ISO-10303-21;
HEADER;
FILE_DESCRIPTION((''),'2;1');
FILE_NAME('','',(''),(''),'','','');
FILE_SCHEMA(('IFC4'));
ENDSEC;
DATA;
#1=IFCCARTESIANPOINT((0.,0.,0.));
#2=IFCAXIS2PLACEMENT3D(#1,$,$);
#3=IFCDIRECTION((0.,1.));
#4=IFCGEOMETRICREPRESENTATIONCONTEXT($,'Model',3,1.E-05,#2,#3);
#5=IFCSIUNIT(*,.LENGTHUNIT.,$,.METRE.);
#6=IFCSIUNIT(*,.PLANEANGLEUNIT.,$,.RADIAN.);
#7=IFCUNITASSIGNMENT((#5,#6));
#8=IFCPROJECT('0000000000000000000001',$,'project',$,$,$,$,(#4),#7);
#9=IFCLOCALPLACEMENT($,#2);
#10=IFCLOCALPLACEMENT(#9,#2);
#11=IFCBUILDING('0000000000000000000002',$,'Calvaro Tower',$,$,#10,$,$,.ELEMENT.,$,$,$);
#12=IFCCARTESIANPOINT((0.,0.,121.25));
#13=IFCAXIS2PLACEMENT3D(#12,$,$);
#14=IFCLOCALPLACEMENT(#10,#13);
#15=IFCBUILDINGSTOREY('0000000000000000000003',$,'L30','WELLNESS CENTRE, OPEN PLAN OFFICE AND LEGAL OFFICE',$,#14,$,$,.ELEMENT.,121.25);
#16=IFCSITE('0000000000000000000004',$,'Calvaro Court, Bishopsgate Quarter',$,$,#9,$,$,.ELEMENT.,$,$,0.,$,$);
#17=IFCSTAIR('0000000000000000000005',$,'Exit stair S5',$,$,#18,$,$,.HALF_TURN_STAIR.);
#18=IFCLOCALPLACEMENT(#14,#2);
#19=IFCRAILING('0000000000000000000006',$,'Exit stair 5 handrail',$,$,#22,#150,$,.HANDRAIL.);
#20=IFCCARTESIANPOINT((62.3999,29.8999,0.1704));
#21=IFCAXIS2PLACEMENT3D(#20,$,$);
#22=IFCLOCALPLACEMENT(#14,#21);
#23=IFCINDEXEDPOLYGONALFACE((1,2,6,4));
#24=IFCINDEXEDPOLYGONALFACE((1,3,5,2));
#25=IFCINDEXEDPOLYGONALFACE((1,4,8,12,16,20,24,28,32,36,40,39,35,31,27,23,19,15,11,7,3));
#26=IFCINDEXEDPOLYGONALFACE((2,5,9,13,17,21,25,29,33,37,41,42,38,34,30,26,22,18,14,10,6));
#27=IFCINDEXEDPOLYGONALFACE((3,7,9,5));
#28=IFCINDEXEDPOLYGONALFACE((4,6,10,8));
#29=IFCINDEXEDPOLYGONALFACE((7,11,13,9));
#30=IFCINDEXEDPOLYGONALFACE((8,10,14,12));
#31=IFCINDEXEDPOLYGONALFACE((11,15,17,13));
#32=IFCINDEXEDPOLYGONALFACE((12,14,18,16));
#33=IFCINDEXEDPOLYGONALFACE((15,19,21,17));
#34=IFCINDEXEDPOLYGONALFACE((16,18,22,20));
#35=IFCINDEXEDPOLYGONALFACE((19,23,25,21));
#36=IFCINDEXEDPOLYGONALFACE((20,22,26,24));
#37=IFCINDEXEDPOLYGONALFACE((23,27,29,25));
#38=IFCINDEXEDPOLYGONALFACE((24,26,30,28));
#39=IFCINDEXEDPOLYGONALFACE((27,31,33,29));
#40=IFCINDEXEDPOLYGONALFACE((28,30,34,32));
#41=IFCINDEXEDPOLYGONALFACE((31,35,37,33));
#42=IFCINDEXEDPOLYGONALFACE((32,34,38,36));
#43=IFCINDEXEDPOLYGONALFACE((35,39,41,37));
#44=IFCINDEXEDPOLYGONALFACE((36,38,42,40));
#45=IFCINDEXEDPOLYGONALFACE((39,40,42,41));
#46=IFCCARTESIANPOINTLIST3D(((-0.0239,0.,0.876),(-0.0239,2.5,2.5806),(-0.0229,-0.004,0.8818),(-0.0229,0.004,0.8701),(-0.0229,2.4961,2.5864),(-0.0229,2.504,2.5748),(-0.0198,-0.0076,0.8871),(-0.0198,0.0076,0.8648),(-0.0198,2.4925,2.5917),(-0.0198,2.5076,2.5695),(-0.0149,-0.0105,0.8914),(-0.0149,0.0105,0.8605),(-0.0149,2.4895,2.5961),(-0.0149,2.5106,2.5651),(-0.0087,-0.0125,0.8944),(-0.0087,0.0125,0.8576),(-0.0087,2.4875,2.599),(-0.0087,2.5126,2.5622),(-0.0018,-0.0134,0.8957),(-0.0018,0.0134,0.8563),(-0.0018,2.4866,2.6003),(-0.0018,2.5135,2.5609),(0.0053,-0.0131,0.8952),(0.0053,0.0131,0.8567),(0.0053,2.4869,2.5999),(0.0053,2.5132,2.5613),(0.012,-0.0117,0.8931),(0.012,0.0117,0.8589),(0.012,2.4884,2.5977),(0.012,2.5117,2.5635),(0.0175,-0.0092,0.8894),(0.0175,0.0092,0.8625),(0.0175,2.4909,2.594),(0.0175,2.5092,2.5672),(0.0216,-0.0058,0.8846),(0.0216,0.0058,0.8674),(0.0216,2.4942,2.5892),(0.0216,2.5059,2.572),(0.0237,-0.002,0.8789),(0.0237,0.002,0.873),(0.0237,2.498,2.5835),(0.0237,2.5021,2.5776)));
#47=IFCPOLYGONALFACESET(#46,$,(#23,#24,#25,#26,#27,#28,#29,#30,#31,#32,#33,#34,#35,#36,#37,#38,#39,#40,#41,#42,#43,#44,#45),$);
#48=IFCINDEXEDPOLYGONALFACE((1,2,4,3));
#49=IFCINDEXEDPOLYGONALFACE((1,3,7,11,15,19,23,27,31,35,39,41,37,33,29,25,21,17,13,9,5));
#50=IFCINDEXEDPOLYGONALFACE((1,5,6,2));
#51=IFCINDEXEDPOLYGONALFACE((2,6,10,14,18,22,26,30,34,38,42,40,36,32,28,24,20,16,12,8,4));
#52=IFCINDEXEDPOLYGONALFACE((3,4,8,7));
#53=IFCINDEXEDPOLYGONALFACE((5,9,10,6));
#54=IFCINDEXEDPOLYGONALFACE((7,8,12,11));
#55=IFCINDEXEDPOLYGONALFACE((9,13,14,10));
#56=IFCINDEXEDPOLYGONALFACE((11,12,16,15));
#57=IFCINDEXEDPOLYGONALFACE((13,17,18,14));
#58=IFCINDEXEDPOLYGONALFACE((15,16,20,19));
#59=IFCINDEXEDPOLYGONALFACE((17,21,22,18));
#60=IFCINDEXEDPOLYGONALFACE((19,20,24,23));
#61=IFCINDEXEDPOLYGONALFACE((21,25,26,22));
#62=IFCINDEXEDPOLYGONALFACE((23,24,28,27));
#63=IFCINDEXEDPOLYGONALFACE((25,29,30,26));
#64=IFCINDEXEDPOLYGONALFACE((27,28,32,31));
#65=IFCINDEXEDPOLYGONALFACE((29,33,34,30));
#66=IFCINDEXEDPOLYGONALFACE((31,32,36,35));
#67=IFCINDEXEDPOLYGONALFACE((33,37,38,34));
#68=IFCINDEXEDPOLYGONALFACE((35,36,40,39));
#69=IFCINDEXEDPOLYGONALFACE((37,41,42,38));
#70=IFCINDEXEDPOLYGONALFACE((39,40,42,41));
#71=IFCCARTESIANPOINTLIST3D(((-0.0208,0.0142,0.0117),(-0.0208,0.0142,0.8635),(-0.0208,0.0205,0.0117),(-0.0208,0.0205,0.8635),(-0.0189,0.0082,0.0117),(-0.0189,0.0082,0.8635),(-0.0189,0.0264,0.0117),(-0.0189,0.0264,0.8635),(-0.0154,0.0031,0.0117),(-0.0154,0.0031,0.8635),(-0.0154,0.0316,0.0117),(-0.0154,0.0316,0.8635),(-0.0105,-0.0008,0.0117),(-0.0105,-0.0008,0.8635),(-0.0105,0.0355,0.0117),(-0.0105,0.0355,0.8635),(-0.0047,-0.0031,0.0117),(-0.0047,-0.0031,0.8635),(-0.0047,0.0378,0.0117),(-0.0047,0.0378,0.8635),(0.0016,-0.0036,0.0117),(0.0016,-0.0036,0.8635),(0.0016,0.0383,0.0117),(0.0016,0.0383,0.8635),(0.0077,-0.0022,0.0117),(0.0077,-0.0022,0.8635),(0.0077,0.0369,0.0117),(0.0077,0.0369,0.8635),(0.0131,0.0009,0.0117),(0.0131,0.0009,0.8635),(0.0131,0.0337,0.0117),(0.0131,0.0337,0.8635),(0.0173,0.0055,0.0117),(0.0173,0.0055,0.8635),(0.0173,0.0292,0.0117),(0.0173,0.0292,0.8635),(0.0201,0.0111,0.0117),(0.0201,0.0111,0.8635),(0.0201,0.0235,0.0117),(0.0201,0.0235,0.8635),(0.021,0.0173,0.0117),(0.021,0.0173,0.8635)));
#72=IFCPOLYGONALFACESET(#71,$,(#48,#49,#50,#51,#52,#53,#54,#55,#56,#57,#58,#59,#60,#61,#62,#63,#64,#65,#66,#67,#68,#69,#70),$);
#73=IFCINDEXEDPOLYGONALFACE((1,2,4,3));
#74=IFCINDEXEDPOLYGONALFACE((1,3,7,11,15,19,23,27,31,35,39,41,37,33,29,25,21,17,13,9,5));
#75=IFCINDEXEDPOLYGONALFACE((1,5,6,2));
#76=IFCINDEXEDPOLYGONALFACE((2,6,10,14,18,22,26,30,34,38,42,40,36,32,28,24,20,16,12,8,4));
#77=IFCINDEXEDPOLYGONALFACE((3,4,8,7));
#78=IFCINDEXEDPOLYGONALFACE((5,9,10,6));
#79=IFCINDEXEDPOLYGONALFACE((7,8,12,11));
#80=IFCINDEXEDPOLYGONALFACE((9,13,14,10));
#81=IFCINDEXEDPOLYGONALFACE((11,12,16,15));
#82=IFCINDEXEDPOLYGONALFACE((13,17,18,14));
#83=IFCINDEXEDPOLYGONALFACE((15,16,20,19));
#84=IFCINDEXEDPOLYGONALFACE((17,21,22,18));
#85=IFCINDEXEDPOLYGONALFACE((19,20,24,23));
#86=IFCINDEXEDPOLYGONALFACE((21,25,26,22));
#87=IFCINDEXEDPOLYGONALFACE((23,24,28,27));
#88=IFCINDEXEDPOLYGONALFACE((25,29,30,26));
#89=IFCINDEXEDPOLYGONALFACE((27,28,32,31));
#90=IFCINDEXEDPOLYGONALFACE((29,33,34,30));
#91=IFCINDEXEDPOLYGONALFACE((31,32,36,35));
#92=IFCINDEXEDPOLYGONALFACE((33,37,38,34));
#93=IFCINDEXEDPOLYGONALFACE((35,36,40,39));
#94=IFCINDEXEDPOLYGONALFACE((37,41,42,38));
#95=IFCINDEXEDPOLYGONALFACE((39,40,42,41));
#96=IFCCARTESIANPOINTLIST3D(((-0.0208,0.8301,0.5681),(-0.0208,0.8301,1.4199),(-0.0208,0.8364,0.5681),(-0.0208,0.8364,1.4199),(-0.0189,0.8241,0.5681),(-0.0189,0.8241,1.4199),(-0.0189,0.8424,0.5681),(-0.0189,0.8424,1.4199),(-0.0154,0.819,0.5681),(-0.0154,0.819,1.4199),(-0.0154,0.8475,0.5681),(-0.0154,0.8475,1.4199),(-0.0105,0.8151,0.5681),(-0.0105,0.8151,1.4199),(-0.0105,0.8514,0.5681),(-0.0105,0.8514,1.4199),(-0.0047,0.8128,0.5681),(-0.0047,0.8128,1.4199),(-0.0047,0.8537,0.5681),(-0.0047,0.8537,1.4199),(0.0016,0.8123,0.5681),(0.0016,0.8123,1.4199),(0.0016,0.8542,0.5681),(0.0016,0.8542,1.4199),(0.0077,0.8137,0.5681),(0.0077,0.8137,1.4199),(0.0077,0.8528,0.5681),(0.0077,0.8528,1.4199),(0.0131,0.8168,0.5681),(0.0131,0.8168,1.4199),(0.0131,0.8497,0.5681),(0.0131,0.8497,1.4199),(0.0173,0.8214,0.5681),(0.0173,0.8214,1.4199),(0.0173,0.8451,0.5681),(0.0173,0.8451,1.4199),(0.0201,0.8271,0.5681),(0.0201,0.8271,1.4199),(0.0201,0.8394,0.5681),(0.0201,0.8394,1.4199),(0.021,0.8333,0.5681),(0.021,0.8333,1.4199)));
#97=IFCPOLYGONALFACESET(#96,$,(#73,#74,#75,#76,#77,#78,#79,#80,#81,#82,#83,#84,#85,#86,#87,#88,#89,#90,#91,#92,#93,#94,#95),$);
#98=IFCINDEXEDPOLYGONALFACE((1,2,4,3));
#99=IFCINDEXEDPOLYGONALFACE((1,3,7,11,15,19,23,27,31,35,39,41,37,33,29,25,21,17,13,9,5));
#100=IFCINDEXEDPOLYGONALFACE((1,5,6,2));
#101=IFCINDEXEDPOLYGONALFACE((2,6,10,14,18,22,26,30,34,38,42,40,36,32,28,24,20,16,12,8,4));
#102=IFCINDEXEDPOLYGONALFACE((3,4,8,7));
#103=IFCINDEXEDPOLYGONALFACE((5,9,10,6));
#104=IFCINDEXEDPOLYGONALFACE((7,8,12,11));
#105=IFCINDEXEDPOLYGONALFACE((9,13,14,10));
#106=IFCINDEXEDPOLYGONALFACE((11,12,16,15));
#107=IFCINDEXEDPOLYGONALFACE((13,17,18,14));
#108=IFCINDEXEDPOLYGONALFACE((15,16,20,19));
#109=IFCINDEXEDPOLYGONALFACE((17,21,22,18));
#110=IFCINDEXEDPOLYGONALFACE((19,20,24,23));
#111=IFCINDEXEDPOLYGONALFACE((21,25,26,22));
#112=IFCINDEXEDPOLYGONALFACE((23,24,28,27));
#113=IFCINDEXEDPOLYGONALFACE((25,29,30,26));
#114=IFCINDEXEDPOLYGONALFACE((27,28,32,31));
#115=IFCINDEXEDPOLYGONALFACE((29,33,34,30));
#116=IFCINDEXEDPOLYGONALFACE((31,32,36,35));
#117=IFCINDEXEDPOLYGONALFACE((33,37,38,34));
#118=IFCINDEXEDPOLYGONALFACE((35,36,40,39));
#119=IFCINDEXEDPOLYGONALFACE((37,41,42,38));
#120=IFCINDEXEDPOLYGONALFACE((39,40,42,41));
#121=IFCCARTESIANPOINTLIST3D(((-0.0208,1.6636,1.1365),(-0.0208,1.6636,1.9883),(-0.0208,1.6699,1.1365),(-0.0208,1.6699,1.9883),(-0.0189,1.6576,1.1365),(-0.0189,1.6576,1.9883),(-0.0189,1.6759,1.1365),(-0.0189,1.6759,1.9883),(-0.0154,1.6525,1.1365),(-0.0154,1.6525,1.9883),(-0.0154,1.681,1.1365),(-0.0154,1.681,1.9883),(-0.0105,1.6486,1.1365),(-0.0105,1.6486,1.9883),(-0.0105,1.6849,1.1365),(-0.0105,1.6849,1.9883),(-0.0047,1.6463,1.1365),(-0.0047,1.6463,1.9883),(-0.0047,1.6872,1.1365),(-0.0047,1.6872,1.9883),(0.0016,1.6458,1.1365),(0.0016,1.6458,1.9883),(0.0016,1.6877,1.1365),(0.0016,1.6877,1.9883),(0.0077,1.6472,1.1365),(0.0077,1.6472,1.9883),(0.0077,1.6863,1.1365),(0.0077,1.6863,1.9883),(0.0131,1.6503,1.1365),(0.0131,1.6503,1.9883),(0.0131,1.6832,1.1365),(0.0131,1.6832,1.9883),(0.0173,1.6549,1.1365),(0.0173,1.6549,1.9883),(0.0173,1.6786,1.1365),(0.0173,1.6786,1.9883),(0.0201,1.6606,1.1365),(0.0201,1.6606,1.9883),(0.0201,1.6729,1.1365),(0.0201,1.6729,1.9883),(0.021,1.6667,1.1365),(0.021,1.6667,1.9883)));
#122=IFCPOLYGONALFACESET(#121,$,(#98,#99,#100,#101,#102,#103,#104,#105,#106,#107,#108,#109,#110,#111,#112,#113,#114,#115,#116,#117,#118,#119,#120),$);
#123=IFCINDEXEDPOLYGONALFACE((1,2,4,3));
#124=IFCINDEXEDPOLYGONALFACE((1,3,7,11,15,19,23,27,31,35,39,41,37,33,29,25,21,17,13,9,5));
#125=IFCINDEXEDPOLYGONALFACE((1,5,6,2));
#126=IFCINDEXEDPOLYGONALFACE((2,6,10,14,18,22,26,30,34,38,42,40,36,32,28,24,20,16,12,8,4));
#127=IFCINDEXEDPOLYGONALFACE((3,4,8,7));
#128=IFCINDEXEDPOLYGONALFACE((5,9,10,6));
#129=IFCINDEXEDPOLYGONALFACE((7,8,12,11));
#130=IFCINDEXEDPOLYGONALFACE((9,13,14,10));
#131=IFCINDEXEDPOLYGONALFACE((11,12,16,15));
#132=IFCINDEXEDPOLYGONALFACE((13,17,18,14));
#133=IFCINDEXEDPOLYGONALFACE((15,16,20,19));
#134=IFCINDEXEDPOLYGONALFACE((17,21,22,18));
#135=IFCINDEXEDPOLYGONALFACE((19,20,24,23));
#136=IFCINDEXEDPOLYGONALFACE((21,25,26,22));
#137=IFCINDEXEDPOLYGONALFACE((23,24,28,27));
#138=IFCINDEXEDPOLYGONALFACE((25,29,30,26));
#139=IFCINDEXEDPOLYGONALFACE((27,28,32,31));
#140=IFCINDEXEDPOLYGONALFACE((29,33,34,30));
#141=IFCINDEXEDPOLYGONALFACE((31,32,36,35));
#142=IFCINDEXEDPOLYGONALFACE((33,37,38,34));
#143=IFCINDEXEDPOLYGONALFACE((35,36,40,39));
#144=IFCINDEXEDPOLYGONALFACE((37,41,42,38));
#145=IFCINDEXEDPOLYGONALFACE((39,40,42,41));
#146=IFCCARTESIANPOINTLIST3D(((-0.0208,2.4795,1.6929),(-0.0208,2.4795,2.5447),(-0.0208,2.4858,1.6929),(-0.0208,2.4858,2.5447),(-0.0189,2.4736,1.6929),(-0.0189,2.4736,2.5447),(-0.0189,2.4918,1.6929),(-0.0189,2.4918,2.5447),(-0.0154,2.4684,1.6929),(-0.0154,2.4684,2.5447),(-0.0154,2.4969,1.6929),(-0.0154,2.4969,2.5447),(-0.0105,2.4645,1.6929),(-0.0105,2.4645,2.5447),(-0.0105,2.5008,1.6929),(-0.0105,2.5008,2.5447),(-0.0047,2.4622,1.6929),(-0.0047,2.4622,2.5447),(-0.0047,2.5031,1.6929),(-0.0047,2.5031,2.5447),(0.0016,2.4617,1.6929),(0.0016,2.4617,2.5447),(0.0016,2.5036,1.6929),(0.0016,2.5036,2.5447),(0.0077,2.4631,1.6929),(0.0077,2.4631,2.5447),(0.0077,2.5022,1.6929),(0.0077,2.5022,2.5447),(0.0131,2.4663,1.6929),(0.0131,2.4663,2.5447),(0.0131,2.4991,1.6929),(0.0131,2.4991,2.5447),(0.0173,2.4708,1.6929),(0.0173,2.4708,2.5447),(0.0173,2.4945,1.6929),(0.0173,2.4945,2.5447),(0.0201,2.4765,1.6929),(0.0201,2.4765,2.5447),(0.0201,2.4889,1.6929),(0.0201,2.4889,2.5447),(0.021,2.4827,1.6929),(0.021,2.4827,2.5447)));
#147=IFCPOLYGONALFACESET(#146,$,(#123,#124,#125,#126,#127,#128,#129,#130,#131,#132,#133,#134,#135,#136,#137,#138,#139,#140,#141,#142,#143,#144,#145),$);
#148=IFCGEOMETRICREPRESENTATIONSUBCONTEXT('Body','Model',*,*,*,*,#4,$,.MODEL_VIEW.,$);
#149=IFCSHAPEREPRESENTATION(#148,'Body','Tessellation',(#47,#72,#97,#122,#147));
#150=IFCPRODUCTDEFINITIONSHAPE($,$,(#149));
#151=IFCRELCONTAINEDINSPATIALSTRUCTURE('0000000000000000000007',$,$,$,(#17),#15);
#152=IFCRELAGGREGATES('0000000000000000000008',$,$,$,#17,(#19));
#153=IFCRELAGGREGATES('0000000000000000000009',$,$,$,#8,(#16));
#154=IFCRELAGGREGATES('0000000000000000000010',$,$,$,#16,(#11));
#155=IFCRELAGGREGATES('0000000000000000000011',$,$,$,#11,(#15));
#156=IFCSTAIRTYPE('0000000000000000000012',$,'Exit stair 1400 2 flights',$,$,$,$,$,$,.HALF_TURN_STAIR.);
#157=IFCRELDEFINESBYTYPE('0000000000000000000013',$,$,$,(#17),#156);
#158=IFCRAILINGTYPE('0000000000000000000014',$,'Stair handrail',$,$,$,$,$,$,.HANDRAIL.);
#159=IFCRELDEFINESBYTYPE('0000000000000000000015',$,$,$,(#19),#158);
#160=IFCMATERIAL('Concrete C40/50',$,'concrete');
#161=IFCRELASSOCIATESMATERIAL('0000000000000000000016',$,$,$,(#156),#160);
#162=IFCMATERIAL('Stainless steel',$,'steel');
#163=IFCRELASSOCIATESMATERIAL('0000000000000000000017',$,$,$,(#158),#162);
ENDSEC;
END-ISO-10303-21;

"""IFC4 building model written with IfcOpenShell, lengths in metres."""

from ifc_helpers import new_model, si_unit, direction, frame, origin, origin_2d, place, context, subcontext, project, spatial, circle, extrude, material, type_object, element, aggregate, save


model = new_model("IFC4")

# Units and contexts
model_context = context("Model", 3, precision=1e-05, world=origin(), true_north=direction((0.0, 1.0)))
body_context = subcontext(model_context, "Body", "Model", "MODEL_VIEW")
ifc_project = project(units=[si_unit("LENGTHUNIT", "METRE"), si_unit("PLANEANGLEUNIT", "RADIAN")], contexts=[model_context])

# Site, building, storey
site_placement = place(None, origin())
site = spatial("IfcSite", under=ifc_project, at=site_placement, Name="Calvaro Court, Bishopsgate Quarter", CompositionType="ELEMENT", RefElevation=0.0)
building_placement = place(site_placement, origin())
building = spatial("IfcBuilding", under=site, at=building_placement, Name="Calvaro Tower", CompositionType="ELEMENT")
storey_placement = place(building_placement, frame((0.0, 0.0, 121.25)))
storey = spatial("IfcBuildingStorey", under=building, at=storey_placement, Name="L30", Description="WELLNESS CENTRE, OPEN PLAN OFFICE AND LEGAL OFFICE", CompositionType="ELEMENT", Elevation=121.25)

# Stair
ifc_material_1 = material(Name="Concrete C40/50", Category="concrete")
stair_type = type_object("IfcStairType", Name="Exit stair 1400 2 flights", PredefinedType="HALF_TURN_STAIR", material=ifc_material_1)
stair_1_placement = place(storey_placement, origin())
stair_1 = element("IfcStair", 1, at=stair_1_placement, inside=storey, type_object=stair_type, Name="Exit stair S5", PredefinedType="HALF_TURN_STAIR")

# Shared definitions
ifc_material_2 = material(Name="Stainless steel", Category="steel")
railing_type = type_object("IfcRailingType", Name="Stair handrail", PredefinedType="HANDRAIL", material=ifc_material_2)

# Railing
railing_1_placement = place(storey_placement, frame((62.3999, 29.8999, 0.1704)))
railing_1 = element("IfcRailing", 2, at=railing_1_placement, type_object=railing_type, Name="Exit stair 5 handrail", PredefinedType="HANDRAIL", context=body_context, shape_type="SweptSolid", body=[
    extrude(circle(Radius=0.0239, at=origin_2d()), frame((0.0, 0.0, 0.876), z_axis=(0.0, 0.826221, 0.563347), x_axis=(-1.0, 0.0, 0.0)), (0.0, 0.0, 1.0), 3.0259),
    extrude(circle(Radius=0.021, at=origin_2d()), frame((0.0, 0.0173, 0.0117)), (0.0, 0.0, 1.0), 0.8518),
    extrude(circle(Radius=0.021, at=origin_2d()), frame((0.0, 0.8333, 0.5681)), (0.0, 0.0, 1.0), 0.8518),
    extrude(circle(Radius=0.021, at=origin_2d()), frame((0.0, 1.6667, 1.1365)), (0.0, 0.0, 1.0), 0.8518),
    extrude(circle(Radius=0.021, at=origin_2d()), frame((0.0, 2.4827, 1.6929)), (0.0, 0.0, 1.0), 0.8518),
])
aggregate(stair_1, [railing_1])

save(model, "model.ifc")
